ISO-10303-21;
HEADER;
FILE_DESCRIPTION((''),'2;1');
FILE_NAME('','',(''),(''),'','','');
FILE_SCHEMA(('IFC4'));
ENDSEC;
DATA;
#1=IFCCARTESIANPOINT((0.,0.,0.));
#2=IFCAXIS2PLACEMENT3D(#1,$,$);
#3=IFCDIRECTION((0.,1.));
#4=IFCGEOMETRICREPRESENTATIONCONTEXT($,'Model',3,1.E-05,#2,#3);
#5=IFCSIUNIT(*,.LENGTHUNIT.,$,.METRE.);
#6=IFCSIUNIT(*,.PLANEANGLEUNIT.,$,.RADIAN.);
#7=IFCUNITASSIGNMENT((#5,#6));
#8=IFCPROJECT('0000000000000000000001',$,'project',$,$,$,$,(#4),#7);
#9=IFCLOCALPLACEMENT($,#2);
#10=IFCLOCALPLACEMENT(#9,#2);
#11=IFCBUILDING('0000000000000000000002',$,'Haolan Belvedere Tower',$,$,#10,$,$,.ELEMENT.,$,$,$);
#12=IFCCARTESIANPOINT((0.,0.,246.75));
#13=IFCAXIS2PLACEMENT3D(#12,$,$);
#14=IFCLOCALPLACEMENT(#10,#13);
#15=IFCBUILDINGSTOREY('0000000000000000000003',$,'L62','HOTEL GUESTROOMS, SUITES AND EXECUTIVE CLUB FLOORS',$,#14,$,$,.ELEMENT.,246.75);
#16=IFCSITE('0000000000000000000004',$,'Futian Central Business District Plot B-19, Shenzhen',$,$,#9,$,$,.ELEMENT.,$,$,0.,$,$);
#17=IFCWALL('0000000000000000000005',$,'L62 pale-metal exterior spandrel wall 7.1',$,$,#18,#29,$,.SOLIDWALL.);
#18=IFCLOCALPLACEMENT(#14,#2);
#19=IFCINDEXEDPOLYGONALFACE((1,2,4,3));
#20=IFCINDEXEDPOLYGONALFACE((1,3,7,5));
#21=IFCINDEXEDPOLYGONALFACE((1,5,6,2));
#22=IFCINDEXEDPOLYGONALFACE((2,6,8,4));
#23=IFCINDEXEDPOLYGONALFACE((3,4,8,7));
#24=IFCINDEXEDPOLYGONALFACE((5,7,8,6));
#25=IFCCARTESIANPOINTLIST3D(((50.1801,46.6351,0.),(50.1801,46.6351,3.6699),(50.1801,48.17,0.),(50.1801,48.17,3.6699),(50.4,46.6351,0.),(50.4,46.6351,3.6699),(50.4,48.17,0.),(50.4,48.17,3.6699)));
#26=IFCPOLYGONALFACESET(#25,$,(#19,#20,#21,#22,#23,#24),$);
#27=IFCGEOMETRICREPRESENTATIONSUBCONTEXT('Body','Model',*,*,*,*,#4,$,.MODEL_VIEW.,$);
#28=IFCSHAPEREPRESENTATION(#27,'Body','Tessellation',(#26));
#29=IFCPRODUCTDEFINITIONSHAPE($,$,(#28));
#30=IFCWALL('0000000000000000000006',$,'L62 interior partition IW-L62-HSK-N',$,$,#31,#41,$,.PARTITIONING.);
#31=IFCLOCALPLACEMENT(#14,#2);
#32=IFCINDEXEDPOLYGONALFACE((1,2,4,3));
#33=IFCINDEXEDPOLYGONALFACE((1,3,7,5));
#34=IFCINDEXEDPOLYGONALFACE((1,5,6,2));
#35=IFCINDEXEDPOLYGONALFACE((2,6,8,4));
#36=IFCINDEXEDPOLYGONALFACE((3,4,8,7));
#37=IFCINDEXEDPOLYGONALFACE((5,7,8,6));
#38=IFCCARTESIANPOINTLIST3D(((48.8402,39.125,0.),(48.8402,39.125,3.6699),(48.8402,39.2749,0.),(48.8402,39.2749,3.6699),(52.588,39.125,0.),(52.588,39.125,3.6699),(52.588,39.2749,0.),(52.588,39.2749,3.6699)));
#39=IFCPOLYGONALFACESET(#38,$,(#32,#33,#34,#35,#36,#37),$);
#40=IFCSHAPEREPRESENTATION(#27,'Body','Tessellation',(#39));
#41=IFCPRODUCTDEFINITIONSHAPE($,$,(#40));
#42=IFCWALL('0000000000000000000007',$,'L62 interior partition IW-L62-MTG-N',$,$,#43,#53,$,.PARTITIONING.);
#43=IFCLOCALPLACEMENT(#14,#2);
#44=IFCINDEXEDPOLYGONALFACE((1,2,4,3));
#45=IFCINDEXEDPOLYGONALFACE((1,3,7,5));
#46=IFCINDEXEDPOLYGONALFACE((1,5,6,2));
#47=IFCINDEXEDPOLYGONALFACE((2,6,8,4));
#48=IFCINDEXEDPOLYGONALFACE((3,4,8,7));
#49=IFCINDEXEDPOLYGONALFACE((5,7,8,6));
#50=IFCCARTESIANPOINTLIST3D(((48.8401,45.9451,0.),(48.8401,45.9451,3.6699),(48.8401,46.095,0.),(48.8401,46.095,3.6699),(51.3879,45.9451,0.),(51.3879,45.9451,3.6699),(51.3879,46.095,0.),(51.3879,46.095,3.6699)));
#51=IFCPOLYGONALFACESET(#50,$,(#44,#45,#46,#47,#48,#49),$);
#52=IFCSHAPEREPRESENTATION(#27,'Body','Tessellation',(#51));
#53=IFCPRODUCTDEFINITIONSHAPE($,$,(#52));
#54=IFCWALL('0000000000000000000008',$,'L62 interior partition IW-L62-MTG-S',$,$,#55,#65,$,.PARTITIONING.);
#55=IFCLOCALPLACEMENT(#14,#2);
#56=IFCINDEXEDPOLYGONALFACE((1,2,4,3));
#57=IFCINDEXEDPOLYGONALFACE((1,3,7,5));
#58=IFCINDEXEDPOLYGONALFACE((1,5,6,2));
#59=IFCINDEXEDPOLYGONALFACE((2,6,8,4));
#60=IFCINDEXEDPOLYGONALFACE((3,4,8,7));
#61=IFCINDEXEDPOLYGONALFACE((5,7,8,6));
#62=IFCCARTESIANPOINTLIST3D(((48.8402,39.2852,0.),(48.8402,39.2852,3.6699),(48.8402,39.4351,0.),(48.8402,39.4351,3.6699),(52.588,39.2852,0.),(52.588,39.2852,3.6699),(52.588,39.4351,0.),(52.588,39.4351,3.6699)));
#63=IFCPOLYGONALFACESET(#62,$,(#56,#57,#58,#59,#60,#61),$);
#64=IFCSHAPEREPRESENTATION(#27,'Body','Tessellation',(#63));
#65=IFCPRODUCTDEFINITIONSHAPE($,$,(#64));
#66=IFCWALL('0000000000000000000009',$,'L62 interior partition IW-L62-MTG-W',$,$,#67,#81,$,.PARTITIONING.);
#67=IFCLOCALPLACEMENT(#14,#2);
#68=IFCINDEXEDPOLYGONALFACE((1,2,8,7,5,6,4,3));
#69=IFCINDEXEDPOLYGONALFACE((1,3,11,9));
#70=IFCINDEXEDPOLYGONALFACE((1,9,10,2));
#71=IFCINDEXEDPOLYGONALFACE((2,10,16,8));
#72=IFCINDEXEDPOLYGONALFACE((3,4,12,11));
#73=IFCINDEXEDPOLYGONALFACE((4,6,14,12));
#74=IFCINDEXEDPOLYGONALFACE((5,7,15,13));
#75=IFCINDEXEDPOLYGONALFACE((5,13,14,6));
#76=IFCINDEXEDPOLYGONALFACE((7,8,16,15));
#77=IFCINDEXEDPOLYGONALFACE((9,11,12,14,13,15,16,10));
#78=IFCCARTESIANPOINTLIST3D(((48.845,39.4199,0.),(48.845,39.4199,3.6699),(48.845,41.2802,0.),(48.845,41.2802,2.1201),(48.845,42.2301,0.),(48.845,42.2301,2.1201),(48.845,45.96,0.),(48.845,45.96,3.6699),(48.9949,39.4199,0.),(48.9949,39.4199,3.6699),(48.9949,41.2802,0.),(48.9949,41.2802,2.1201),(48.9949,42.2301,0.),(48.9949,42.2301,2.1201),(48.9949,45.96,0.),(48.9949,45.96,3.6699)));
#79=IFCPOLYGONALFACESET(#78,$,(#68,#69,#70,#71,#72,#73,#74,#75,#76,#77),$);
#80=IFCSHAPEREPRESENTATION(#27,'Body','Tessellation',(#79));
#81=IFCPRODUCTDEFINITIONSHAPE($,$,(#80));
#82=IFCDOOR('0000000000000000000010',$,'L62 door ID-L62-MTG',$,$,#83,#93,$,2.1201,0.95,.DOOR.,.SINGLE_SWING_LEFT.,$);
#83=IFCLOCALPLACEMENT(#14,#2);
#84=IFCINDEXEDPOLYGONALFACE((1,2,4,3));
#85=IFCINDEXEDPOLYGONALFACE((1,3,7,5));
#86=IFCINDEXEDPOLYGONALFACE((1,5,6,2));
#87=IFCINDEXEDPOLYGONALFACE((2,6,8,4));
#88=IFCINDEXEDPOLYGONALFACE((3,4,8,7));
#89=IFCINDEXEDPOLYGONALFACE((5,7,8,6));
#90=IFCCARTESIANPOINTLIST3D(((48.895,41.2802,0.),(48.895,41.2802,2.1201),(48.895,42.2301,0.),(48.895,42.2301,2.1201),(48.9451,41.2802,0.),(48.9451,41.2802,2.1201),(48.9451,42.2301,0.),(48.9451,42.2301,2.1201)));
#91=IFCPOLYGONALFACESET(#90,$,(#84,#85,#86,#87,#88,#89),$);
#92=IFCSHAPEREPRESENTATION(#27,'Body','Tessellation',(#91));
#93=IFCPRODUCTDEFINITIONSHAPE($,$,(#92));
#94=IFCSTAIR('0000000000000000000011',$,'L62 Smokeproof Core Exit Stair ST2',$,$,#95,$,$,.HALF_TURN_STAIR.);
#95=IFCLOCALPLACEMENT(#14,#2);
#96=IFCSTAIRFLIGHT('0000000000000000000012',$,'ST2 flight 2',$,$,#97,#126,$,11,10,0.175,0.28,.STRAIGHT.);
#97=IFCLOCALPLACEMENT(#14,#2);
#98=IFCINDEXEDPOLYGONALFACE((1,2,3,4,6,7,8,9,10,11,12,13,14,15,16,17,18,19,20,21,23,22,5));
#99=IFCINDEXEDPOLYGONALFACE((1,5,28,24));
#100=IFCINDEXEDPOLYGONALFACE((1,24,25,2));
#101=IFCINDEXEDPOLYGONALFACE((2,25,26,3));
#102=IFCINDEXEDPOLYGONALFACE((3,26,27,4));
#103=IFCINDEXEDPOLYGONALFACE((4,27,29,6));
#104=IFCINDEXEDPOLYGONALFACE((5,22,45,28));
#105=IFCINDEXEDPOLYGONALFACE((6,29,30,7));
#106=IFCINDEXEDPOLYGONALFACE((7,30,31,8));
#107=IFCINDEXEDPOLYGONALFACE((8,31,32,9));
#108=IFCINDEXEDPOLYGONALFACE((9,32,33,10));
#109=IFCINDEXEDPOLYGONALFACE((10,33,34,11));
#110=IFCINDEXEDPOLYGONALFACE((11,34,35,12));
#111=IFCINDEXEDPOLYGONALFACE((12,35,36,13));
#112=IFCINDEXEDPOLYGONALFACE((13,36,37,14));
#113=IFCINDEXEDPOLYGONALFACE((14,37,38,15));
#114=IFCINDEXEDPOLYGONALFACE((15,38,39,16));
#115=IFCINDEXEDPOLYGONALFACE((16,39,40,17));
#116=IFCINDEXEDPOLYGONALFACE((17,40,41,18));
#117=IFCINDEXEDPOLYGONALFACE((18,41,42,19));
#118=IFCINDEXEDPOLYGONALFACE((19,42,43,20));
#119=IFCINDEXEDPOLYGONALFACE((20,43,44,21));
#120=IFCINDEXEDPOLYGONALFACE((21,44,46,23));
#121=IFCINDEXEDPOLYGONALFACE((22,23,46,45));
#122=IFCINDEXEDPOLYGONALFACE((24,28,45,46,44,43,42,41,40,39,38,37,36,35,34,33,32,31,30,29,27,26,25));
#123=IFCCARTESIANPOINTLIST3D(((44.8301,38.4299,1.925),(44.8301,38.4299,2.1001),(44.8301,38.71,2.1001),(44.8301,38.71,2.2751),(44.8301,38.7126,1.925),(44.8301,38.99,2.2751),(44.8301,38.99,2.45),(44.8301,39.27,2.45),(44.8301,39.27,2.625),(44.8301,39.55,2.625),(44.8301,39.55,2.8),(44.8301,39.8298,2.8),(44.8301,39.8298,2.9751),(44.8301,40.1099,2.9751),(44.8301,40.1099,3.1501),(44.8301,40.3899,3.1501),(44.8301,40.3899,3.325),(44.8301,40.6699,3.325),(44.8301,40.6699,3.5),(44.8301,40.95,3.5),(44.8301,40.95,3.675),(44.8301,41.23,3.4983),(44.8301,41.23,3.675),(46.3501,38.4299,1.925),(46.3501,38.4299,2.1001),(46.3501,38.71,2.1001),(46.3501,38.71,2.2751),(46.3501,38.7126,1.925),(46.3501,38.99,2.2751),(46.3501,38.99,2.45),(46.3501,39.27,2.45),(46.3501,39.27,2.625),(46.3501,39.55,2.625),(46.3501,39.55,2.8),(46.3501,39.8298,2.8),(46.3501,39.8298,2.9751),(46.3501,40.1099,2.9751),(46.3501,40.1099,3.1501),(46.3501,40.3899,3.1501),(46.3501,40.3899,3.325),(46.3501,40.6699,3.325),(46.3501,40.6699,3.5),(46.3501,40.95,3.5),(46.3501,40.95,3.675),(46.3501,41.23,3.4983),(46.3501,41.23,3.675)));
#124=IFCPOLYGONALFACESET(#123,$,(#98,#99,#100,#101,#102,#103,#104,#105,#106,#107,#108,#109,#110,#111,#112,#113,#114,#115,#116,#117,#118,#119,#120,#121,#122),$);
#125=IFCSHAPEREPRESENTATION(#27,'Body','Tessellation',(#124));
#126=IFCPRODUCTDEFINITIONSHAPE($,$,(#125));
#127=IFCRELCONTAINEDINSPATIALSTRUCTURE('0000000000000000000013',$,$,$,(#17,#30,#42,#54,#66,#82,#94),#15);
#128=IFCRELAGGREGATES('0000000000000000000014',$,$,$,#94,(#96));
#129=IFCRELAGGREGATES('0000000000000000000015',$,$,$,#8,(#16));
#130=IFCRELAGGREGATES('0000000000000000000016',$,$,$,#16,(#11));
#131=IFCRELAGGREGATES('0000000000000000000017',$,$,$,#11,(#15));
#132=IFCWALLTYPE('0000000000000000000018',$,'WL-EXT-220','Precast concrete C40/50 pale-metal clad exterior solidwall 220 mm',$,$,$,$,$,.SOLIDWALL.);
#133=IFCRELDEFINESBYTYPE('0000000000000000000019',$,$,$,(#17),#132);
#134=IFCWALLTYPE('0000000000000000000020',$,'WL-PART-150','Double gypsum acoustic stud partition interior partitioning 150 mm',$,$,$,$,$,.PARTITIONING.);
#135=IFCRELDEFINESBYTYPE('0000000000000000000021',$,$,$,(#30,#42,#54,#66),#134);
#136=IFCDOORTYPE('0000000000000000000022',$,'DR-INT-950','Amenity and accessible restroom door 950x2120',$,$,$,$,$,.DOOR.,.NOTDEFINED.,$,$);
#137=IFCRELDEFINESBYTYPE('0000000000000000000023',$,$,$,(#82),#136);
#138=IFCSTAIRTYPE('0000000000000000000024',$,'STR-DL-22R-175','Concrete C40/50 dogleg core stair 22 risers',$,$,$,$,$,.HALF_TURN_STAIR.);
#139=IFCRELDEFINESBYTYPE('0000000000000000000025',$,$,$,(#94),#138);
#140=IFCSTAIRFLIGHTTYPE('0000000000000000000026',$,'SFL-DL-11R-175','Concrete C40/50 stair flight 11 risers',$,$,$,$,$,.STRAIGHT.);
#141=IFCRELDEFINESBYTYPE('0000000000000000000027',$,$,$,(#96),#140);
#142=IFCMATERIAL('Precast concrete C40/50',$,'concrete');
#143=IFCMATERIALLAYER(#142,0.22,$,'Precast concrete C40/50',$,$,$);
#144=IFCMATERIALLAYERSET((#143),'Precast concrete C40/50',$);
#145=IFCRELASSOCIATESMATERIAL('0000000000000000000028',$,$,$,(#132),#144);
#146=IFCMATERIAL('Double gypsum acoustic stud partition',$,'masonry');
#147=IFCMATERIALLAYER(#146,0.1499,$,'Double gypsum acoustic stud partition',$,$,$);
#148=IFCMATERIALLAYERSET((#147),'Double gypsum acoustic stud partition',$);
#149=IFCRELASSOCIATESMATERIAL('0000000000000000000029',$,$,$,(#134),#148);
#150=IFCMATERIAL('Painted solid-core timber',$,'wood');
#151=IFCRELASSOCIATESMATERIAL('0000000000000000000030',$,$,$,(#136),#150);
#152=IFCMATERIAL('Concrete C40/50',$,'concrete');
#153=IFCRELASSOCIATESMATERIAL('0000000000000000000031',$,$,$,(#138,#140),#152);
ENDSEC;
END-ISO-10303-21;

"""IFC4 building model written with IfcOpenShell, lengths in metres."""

from ifc_helpers import new_model, si_unit, direction, frame, frame_2d, origin, place, context, subcontext, project, spatial, polyline, rectangle, outline, extrude, material, layer, layer_set, type_object, element, fill, aggregate, save


model = new_model("IFC4")

# Units and contexts
model_context = context("Model", 3, precision=1e-05, world=origin(), true_north=direction((0.0, 1.0)))
body_context = subcontext(model_context, "Body", "Model", "MODEL_VIEW")
ifc_project = project(units=[si_unit("LENGTHUNIT", "METRE"), si_unit("PLANEANGLEUNIT", "RADIAN")], contexts=[model_context])

# Site, building, storey
site_placement = place(None, origin())
site = spatial("IfcSite", under=ifc_project, at=site_placement, Name="Futian Central Business District Plot B-19, Shenzhen", CompositionType="ELEMENT", RefElevation=0.0)
building_placement = place(site_placement, origin())
building = spatial("IfcBuilding", under=site, at=building_placement, Name="Haolan Belvedere Tower", CompositionType="ELEMENT")
storey_placement = place(building_placement, frame((0.0, 0.0, 246.75)))
storey = spatial("IfcBuildingStorey", under=building, at=storey_placement, Name="L62", Description="HOTEL GUESTROOMS, SUITES AND EXECUTIVE CLUB FLOORS", CompositionType="ELEMENT", Elevation=246.75)

# Shared definitions
ifc_material_1 = material(Name="Precast concrete C40/50", Category="concrete")
ifc_layer_1 = layer(ifc_material_1, 0.22, Name="Precast concrete C40/50")
ifc_layer_set_1 = layer_set([ifc_layer_1], Name="Precast concrete C40/50")
wall_type_1 = type_object("IfcWallType", Name="WL-EXT-220", Description="Precast concrete C40/50 pale-metal clad exterior solidwall 220 mm", PredefinedType="SOLIDWALL", material=ifc_layer_set_1)

# Wall
wall_1_placement = place(storey_placement, frame((50.29, 46.635, 0.0), z_axis=(0.0, 0.0, 1.0), x_axis=(0.0, 1.0, 0.0)))
element("IfcWall", 1, at=wall_1_placement, inside=storey, type_object=wall_type_1, Name="L62 pale-metal exterior spandrel wall 7.1", PredefinedType="SOLIDWALL", context=body_context, shape_type="SweptSolid", body=[
    extrude(rectangle(XDim=1.5349, YDim=0.22, at=frame_2d((0.7676, 0.0))), origin(), (0.0, 0.0, 1.0), 3.6699),
])

# Shared definitions
ifc_material_2 = material(Name="Concrete C40/50", Category="concrete")

# Walls
ifc_material_3 = material(Name="Double gypsum acoustic stud partition", Category="masonry")
ifc_layer_2 = layer(ifc_material_3, 0.1499, Name="Double gypsum acoustic stud partition")
ifc_layer_set_2 = layer_set([ifc_layer_2], Name="Double gypsum acoustic stud partition")
wall_type_2 = type_object("IfcWallType", Name="WL-PART-150", Description="Double gypsum acoustic stud partition interior partitioning 150 mm", PredefinedType="PARTITIONING", material=ifc_layer_set_2)
wall_2_placement = place(storey_placement, frame((48.8401, 39.2, 0.0), z_axis=(0.0, 0.0, 1.0), x_axis=(1.0, 0.0, 0.0)))
element("IfcWall", 2, at=wall_2_placement, inside=storey, type_object=wall_type_2, Name="L62 interior partition IW-L62-HSK-N", PredefinedType="PARTITIONING", context=body_context, shape_type="SweptSolid", body=[
    extrude(rectangle(XDim=3.7478, YDim=0.1499, at=frame_2d((1.874, 0.0))), origin(), (0.0, 0.0, 1.0), 3.6699),
])
wall_3_placement = place(storey_placement, frame((48.8401, 46.02, 0.0), z_axis=(0.0, 0.0, 1.0), x_axis=(1.0, 0.0, 0.0)))
element("IfcWall", 3, at=wall_3_placement, inside=storey, type_object=wall_type_2, Name="L62 interior partition IW-L62-MTG-N", PredefinedType="PARTITIONING", context=body_context, shape_type="SweptSolid", body=[
    extrude(rectangle(XDim=2.5479, YDim=0.1499, at=frame_2d((1.2739, 0.0))), origin(), (0.0, 0.0, 1.0), 3.6699),
])
wall_4_placement = place(storey_placement, frame((48.8401, 39.3601, 0.0), z_axis=(0.0, 0.0, 1.0), x_axis=(1.0, 0.0, 0.0)))
element("IfcWall", 4, at=wall_4_placement, inside=storey, type_object=wall_type_2, Name="L62 interior partition IW-L62-MTG-S", PredefinedType="PARTITIONING", context=body_context, shape_type="SweptSolid", body=[
    extrude(rectangle(XDim=3.7478, YDim=0.1499, at=frame_2d((1.874, 0.0))), origin(), (0.0, 0.0, 1.0), 3.6699),
])

# Wall, opening, door
wall_5_placement = place(storey_placement, frame((48.9199, 39.4199, 0.0), z_axis=(0.0, 0.0, 1.0), x_axis=(0.0, 1.0, 0.0)))
wall_5 = element("IfcWall", 5, at=wall_5_placement, inside=storey, type_object=wall_type_2, Name="L62 interior partition IW-L62-MTG-W", PredefinedType="PARTITIONING", context=body_context, shape_type="SweptSolid", body=[
    extrude(rectangle(XDim=6.54, YDim=0.1499, at=frame_2d((3.27, 0.0))), origin(), (0.0, 0.0, 1.0), 3.6699),
])
opening_1_placement = place(wall_5_placement, frame((1.8601, 0.0, 0.0)))
opening_1 = element("IfcOpeningElement", 6, at=opening_1_placement, cuts=wall_5, PredefinedType="OPENING", context=body_context, shape_type="SweptSolid", body=[
    extrude(rectangle(XDim=0.95, YDim=2.1201, at=frame_2d((0.4751, 1.0601))), frame((0.0, 0.085, 0.0), z_axis=(0.0, -1.0, 0.0), x_axis=(1.0, 0.0, 0.0)), (0.0, 0.0, 1.0), 0.1699),
])
ifc_material_4 = material(Name="Painted solid-core timber", Category="wood")
door_type_1 = type_object("IfcDoorType", Name="DR-INT-950", Description="Amenity and accessible restroom door 950x2120", OperationType="NOTDEFINED", PredefinedType="DOOR", material=ifc_material_4)
door_1_placement = place(opening_1_placement, origin())
door_1 = element("IfcDoor", 7, at=door_1_placement, inside=storey, type_object=door_type_1, Name="L62 door ID-L62-MTG", OperationType="SINGLE_SWING_LEFT", OverallHeight=2.1201, OverallWidth=0.95, PredefinedType="DOOR", context=body_context, shape_type="SweptSolid", body=[
    extrude(rectangle(XDim=0.95, YDim=2.1201, at=frame_2d((0.4751, 1.0601))), frame((0.0, 0.0249, 0.0), z_axis=(0.0, -1.0, 0.0), x_axis=(1.0, 0.0, 0.0)), (0.0, 0.0, 1.0), 0.05),
])
fill(opening_1, door_1)

# Stair, stair flight
stair_type = type_object("IfcStairType", Name="STR-DL-22R-175", Description="Concrete C40/50 dogleg core stair 22 risers", PredefinedType="HALF_TURN_STAIR", material=ifc_material_2)
stair_placement = place(storey_placement, origin())
stair = element("IfcStair", 8, at=stair_placement, inside=storey, type_object=stair_type, Name="L62 Smokeproof Core Exit Stair ST2", PredefinedType="HALF_TURN_STAIR")
stair_flight_type = type_object("IfcStairFlightType", Name="SFL-DL-11R-175", Description="Concrete C40/50 stair flight 11 risers", PredefinedType="STRAIGHT", material=ifc_material_2)
stair_flight_placement = place(storey_placement, frame((45.5901, 38.4299, 1.925), z_axis=(0.0, 0.0, 1.0), x_axis=(0.0, 1.0, 0.0)))
stair_flight = element("IfcStairFlight", 9, at=stair_flight_placement, type_object=stair_flight_type, Name="ST2 flight 2", NumberOfRisers=11, NumberOfTreads=10, PredefinedType="STRAIGHT", RiserHeight=0.175, TreadLength=0.28, context=body_context, shape_type="SweptSolid", body=[
    extrude(outline(polyline([(0.0, 0.0), (0.0, 0.175), (0.28, 0.175), (0.28, 0.3501), (0.5601, 0.3501), (0.5601, 0.5249), (0.8401, 0.5249), (0.8401, 0.7), (1.1201, 0.7), (1.1201, 0.875), (1.3999, 0.875), (1.3999, 1.05), (1.6799, 1.05), (1.6799, 1.2251), (1.96, 1.2251), (1.96, 1.3999), (2.24, 1.3999), (2.24, 1.575), (2.52, 1.575), (2.52, 1.75), (2.8, 1.75), (2.8, 1.925), (2.8, 1.5732), (0.2827, 0.0), (0.0, 0.0)])), frame((0.0, 0.76, 0.0), z_axis=(0.0, -1.0, 0.0), x_axis=(1.0, 0.0, 0.0)), (0.0, 0.0, 1.0), 1.52),
])
aggregate(stair, [stair_flight])

save(model, "model.ifc")
